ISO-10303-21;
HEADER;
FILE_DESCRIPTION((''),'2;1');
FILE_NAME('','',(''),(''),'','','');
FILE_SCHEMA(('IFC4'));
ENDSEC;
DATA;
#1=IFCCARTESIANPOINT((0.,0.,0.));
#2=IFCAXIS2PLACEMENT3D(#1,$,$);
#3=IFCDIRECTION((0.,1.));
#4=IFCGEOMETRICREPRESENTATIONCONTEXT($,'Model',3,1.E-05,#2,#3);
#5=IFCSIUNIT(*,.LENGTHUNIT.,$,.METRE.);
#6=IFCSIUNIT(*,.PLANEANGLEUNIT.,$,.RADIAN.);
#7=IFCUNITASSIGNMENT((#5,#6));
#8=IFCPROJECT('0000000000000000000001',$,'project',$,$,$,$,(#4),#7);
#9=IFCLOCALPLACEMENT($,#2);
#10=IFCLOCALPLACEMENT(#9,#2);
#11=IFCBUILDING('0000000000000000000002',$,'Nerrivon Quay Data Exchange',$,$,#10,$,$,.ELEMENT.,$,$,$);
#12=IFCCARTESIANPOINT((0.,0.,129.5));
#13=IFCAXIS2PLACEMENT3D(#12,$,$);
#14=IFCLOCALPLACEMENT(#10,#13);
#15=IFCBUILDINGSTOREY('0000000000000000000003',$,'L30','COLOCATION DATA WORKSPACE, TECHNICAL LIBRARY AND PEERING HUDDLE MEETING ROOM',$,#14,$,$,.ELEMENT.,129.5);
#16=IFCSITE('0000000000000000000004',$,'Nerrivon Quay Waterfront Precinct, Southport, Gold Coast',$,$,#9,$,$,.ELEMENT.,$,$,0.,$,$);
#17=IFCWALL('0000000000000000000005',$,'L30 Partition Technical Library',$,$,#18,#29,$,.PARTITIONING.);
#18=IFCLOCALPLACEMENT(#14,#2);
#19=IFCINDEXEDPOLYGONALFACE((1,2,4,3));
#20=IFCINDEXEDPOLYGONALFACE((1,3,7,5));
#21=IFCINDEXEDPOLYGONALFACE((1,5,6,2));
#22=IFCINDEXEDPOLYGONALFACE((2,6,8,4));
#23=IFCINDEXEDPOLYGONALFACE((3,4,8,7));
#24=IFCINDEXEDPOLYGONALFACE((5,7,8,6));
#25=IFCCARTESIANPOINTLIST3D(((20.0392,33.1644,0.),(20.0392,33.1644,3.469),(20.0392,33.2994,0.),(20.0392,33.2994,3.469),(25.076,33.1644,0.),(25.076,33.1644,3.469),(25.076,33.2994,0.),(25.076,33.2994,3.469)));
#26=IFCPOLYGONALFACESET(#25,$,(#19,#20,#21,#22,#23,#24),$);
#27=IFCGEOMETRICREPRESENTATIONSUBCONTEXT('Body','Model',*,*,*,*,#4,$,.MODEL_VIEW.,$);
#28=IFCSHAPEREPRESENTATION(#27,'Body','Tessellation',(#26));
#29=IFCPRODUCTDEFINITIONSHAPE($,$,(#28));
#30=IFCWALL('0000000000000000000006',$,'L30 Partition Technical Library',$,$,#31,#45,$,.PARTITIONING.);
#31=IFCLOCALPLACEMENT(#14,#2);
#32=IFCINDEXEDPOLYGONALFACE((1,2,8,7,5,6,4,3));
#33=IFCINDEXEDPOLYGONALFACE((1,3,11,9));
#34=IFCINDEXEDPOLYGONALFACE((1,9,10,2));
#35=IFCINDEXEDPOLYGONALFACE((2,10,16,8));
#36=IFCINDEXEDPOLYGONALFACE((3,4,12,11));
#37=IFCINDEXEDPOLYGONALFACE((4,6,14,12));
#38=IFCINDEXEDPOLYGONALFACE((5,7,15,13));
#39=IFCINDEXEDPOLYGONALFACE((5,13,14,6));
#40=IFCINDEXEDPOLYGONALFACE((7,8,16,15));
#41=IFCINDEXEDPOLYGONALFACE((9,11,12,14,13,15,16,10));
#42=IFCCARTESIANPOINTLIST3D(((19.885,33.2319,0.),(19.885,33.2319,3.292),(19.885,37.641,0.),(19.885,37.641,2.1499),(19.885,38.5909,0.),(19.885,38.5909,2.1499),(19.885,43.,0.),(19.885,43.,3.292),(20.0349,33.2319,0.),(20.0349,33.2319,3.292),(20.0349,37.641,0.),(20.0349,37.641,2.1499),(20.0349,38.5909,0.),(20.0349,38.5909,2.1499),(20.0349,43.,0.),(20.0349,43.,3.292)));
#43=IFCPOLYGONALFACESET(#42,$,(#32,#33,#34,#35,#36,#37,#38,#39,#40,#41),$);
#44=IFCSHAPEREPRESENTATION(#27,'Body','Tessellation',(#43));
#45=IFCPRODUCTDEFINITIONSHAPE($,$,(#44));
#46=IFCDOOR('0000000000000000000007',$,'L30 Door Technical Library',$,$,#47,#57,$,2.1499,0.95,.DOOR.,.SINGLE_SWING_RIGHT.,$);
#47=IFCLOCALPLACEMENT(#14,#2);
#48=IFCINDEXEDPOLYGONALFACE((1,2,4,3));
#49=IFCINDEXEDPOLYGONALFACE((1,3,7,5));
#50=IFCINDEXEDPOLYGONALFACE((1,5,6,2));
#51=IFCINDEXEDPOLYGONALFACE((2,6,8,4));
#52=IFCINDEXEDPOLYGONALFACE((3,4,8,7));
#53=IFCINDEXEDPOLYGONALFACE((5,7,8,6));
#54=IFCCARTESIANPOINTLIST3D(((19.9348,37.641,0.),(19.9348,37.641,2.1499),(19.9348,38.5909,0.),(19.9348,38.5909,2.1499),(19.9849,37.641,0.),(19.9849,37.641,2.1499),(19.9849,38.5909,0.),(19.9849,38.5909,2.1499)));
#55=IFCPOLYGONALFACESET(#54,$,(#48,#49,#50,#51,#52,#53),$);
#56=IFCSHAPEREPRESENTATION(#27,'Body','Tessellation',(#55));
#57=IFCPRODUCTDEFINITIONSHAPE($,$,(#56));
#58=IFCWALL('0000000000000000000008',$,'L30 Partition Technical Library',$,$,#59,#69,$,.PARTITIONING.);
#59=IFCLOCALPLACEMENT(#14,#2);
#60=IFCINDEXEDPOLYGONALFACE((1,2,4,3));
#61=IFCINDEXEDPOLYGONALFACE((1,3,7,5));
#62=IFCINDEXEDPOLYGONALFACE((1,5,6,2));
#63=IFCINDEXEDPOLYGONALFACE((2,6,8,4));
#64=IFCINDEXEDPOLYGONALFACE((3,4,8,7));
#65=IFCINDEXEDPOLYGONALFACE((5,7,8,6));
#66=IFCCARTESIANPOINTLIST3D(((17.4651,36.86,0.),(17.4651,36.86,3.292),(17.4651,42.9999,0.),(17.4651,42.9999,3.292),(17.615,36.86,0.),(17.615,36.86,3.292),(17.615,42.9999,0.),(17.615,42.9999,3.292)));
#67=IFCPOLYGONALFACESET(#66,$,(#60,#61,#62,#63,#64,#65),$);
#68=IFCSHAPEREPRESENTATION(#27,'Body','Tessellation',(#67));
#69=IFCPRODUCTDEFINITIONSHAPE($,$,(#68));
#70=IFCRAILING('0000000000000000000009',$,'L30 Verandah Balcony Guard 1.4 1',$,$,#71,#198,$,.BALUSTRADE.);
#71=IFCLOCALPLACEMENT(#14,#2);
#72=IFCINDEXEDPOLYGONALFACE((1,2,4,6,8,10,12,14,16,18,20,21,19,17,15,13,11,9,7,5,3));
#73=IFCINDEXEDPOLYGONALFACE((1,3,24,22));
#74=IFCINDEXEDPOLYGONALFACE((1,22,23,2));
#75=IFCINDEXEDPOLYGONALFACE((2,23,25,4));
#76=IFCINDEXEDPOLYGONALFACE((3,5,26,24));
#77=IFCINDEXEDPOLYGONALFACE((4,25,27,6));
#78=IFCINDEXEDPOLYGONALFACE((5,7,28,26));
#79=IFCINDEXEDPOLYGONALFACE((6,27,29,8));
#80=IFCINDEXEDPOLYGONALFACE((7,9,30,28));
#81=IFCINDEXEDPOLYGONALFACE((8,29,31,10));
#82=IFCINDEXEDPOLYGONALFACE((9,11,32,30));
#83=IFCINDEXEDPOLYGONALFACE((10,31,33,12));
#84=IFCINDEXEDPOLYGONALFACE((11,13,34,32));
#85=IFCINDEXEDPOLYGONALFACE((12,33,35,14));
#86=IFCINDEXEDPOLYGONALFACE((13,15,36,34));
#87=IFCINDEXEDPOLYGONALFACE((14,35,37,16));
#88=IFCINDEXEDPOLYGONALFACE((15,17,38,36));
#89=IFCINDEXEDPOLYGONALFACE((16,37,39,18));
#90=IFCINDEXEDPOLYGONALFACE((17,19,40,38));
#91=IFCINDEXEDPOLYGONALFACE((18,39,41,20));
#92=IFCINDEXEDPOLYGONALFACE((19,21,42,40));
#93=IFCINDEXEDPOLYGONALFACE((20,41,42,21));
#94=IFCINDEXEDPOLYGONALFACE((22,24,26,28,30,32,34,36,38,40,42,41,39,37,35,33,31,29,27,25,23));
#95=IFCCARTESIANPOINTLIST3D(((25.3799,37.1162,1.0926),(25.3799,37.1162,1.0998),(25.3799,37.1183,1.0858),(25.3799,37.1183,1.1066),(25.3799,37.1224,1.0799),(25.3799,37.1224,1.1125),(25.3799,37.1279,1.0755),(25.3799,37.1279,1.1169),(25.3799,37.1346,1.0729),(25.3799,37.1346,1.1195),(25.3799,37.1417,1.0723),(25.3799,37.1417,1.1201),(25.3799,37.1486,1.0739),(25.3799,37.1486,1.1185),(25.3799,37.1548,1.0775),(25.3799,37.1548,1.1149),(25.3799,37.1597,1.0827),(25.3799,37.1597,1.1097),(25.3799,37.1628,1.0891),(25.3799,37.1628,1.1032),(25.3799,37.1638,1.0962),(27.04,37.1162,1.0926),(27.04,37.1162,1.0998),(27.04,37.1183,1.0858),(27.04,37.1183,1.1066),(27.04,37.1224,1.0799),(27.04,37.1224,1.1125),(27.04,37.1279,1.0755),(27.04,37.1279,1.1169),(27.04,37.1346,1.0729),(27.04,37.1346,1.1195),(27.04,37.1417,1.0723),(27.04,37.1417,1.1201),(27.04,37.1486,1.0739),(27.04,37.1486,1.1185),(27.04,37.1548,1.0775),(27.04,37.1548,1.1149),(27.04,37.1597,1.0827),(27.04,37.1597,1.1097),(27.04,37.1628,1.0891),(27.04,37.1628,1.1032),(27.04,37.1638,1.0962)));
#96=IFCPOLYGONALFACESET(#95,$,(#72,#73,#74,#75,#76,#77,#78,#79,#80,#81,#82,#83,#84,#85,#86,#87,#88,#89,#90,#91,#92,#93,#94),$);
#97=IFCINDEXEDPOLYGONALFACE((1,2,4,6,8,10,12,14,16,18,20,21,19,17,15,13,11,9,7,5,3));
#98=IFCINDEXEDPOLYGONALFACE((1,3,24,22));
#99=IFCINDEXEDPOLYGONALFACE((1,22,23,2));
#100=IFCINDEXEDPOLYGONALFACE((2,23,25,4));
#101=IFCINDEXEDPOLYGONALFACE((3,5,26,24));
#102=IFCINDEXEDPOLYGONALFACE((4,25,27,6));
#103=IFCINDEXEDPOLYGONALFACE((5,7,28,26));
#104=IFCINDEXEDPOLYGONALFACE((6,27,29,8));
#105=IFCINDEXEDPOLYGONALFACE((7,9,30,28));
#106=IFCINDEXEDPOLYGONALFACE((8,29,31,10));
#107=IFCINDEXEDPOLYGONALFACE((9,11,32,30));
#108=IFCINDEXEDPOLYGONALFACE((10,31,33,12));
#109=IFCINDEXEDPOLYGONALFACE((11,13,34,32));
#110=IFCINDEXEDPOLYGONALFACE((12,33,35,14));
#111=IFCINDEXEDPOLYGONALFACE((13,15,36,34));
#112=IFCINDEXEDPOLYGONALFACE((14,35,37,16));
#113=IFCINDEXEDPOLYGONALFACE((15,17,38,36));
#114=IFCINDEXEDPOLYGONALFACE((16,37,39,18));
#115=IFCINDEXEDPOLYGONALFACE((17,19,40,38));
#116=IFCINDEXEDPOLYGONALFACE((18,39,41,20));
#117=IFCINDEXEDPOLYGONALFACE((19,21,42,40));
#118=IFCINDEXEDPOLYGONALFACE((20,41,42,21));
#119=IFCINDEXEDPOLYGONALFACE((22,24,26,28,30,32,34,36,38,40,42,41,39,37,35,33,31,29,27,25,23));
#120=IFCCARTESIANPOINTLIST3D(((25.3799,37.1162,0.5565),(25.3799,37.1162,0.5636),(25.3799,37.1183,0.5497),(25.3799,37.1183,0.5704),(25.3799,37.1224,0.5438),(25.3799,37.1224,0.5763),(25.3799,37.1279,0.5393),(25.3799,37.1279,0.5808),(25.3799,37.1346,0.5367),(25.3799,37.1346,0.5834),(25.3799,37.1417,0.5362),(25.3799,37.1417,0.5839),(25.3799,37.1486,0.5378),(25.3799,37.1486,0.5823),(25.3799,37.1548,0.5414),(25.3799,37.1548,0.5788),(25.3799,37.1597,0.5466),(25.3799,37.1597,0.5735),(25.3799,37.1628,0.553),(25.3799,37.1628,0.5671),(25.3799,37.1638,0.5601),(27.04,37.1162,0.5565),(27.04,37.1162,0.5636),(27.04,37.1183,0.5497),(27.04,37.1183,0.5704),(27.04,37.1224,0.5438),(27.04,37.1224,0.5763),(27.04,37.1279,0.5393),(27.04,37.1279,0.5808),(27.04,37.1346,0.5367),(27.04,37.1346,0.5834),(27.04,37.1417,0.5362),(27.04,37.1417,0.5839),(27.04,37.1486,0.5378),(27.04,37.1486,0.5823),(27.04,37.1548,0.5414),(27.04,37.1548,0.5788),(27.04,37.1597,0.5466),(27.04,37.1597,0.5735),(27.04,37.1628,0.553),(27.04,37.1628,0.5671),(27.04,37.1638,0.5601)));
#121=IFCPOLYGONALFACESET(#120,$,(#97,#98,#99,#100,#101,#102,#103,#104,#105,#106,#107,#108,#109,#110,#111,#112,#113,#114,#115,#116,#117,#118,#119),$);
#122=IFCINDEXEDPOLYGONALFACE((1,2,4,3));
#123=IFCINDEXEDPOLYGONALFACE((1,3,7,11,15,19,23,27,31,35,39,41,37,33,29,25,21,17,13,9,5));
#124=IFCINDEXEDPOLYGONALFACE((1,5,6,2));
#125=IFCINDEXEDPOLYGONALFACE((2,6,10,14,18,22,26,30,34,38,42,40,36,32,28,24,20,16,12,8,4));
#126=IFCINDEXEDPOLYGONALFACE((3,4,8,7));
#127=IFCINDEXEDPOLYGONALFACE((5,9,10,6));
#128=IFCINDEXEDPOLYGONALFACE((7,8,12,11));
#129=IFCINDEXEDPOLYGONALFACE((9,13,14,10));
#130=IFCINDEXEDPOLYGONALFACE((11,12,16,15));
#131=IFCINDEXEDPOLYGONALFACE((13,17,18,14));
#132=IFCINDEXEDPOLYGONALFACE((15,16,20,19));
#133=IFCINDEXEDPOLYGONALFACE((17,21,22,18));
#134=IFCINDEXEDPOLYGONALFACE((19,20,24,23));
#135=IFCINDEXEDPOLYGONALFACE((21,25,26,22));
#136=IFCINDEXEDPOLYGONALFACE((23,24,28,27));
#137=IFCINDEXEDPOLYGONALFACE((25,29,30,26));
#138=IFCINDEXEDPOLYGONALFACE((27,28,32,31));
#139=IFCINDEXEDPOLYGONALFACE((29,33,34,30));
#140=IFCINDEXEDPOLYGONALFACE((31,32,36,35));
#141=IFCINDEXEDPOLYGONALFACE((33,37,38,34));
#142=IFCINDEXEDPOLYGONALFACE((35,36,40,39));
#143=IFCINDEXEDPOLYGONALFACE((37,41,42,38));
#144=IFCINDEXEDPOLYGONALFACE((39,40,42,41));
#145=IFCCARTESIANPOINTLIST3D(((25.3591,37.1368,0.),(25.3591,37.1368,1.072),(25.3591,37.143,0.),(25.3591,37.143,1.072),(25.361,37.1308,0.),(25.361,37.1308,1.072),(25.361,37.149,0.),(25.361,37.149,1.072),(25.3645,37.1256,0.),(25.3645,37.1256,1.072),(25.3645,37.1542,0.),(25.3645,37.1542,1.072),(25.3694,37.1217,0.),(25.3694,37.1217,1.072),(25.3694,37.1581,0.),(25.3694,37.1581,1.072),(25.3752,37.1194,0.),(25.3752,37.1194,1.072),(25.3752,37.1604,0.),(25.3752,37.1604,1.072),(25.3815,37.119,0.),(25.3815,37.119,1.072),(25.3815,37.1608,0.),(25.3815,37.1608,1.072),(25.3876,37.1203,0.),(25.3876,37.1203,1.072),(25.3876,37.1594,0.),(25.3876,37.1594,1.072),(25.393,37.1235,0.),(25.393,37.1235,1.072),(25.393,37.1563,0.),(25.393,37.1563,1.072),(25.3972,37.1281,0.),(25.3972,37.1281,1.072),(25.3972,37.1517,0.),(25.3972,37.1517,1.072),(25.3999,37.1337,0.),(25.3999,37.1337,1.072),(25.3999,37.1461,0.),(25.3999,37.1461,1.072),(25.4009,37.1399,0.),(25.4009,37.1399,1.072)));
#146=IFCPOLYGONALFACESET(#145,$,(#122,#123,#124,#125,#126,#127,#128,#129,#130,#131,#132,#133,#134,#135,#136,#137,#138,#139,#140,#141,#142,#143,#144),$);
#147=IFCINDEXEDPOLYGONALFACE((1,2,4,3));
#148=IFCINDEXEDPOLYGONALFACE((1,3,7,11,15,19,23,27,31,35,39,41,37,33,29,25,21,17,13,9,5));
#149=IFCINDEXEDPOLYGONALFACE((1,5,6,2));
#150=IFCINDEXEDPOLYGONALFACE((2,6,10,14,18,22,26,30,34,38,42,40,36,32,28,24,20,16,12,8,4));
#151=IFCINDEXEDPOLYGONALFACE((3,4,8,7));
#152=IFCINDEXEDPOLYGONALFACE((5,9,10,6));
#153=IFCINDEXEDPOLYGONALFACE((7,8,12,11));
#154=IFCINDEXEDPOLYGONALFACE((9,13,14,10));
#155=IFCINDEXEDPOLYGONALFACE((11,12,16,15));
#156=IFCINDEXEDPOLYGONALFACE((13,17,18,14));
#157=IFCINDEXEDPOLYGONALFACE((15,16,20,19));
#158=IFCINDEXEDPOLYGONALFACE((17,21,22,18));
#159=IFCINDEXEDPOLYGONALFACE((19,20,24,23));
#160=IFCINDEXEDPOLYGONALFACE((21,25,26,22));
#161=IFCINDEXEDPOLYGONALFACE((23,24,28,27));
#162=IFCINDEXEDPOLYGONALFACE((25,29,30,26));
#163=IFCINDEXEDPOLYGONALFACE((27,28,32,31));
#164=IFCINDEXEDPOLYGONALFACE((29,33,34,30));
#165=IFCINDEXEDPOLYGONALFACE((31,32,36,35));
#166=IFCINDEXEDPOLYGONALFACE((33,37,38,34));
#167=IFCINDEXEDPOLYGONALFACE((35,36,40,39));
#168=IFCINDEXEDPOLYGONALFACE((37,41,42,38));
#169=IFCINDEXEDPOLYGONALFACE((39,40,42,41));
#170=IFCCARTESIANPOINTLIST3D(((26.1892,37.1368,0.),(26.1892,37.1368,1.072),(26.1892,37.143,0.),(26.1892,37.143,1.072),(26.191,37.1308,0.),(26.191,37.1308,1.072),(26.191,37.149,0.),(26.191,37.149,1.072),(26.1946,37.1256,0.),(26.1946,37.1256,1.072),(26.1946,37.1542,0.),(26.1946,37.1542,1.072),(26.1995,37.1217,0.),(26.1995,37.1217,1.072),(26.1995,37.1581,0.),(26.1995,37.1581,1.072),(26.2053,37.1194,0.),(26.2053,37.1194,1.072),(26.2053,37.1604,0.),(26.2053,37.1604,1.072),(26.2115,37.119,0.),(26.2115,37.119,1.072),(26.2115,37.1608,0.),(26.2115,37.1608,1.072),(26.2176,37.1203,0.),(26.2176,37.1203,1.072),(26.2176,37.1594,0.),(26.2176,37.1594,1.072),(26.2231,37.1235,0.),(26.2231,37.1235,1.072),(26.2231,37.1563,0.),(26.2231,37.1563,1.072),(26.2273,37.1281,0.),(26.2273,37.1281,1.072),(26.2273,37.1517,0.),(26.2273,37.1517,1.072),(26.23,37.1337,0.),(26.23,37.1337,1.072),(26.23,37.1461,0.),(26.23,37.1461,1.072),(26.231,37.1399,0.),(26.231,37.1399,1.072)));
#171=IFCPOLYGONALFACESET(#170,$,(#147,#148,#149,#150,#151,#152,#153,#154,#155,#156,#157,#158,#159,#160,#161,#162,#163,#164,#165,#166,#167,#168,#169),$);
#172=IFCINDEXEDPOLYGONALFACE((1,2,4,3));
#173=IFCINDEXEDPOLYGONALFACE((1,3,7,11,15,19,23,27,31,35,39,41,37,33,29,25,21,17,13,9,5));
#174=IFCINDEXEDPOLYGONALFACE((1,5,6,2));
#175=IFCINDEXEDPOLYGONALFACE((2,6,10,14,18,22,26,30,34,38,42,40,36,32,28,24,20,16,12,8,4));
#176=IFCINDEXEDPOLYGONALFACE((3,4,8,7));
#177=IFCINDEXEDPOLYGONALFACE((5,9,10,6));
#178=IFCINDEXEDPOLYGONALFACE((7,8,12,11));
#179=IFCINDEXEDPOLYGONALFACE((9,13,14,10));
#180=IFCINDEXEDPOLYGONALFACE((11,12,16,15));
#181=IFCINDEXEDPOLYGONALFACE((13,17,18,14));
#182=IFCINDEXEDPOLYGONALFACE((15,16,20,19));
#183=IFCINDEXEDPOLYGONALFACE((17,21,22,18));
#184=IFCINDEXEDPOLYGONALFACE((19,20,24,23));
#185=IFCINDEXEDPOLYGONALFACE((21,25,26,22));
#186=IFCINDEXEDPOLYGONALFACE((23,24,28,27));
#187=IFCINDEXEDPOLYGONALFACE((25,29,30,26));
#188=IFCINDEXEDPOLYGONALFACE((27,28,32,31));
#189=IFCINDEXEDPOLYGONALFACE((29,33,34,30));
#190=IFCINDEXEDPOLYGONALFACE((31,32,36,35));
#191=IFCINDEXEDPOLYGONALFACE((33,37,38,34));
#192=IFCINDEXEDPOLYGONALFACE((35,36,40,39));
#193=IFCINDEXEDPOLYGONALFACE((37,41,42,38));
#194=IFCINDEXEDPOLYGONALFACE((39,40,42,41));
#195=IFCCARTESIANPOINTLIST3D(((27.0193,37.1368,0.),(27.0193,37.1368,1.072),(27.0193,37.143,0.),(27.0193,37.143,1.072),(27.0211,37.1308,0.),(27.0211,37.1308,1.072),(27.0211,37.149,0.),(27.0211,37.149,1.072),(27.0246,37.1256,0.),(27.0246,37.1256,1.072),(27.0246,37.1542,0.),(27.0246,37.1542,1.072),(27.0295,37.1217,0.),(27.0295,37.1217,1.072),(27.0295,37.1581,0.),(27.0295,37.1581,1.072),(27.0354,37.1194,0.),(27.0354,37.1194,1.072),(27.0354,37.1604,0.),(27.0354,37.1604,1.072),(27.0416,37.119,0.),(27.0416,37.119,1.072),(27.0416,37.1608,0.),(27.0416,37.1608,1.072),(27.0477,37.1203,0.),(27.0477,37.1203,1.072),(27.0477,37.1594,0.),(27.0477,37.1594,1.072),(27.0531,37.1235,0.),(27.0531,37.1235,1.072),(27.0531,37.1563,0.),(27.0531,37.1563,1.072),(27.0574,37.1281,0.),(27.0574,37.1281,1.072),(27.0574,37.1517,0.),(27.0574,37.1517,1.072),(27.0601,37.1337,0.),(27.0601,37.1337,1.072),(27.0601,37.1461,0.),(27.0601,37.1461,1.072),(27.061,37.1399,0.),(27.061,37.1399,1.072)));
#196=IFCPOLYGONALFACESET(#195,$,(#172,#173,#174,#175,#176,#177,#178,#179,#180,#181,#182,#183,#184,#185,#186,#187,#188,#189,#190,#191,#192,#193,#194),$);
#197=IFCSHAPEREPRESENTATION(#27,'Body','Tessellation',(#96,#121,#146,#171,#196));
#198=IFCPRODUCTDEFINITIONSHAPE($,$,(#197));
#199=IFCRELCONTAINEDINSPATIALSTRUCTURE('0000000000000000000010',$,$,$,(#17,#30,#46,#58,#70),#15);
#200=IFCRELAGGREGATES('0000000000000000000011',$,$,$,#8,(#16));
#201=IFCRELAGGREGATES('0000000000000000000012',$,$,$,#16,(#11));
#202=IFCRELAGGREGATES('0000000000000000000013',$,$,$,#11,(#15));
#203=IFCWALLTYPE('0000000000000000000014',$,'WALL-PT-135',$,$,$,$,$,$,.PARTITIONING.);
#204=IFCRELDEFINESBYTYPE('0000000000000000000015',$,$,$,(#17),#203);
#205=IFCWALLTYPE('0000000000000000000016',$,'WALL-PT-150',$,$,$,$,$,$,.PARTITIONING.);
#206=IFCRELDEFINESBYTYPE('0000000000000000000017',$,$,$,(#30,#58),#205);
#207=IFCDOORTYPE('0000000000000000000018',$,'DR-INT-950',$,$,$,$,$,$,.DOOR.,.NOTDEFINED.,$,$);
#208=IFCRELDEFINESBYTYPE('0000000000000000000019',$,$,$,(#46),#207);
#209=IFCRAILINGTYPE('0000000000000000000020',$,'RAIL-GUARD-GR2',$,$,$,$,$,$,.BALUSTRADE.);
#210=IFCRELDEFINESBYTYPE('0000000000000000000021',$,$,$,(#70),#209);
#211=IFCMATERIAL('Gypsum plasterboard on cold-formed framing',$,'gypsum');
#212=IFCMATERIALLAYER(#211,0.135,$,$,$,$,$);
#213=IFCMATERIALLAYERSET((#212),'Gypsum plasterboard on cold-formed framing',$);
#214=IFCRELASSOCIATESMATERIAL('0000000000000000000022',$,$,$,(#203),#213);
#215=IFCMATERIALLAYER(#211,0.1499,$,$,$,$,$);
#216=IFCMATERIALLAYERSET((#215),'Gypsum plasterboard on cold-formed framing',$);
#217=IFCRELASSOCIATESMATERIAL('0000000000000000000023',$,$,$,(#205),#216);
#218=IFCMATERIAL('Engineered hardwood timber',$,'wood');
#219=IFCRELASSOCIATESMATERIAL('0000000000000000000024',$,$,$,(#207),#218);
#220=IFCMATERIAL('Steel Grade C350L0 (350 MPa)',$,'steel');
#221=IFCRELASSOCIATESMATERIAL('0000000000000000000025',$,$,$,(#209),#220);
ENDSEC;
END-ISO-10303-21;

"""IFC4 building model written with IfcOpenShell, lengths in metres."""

from ifc_helpers import new_model, si_unit, direction, frame, frame_2d, origin, origin_2d, place, context, subcontext, project, spatial, rectangle, circle, extrude, material, layer, layer_set, type_object, element, fill, save


model = new_model("IFC4")

# Units and contexts
model_context = context("Model", 3, precision=1e-05, world=origin(), true_north=direction((0.0, 1.0)))
body_context = subcontext(model_context, "Body", "Model", "MODEL_VIEW")
ifc_project = project(units=[si_unit("LENGTHUNIT", "METRE"), si_unit("PLANEANGLEUNIT", "RADIAN")], contexts=[model_context])

# Site, building, storey
site_placement = place(None, origin())
site = spatial("IfcSite", under=ifc_project, at=site_placement, Name="Nerrivon Quay Waterfront Precinct, Southport, Gold Coast", CompositionType="ELEMENT", RefElevation=0.0)
building_placement = place(site_placement, origin())
building = spatial("IfcBuilding", under=site, at=building_placement, Name="Nerrivon Quay Data Exchange", CompositionType="ELEMENT")
storey_placement = place(building_placement, frame((0.0, 0.0, 129.5)))
storey = spatial("IfcBuildingStorey", under=building, at=storey_placement, Name="L30", Description="COLOCATION DATA WORKSPACE, TECHNICAL LIBRARY AND PEERING HUDDLE MEETING ROOM", CompositionType="ELEMENT", Elevation=129.5)

# Shared definitions
ifc_material_1 = material(Name="Gypsum plasterboard on cold-formed framing", Category="gypsum")

# Shared definitions
ifc_material_2 = material(Name="Engineered hardwood timber", Category="wood")

# Wall
ifc_layer_1 = layer(ifc_material_1, 0.135)
ifc_layer_set_1 = layer_set([ifc_layer_1], Name="Gypsum plasterboard on cold-formed framing")
wall_type_1 = type_object("IfcWallType", Name="WALL-PT-135", PredefinedType="PARTITIONING", material=ifc_layer_set_1)
wall_1_placement = place(storey_placement, frame((20.0391, 33.2319, 0.0), z_axis=(0.0, 0.0, 1.0), x_axis=(1.0, 0.0, 0.0)))
element("IfcWall", 1, at=wall_1_placement, inside=storey, type_object=wall_type_1, Name="L30 Partition Technical Library", PredefinedType="PARTITIONING", context=body_context, shape_type="SweptSolid", body=[
    extrude(rectangle(XDim=5.0369, YDim=0.135, at=frame_2d((2.5186, 0.0))), origin(), (0.0, 0.0, 1.0), 3.469),
])

# Wall, opening, door
ifc_layer_2 = layer(ifc_material_1, 0.1499)
ifc_layer_set_2 = layer_set([ifc_layer_2], Name="Gypsum plasterboard on cold-formed framing")
wall_type_2 = type_object("IfcWallType", Name="WALL-PT-150", PredefinedType="PARTITIONING", material=ifc_layer_set_2)
wall_2_placement = place(storey_placement, frame((19.96, 43.0, 0.0), z_axis=(0.0, 0.0, 1.0), x_axis=(0.0, -1.0, 0.0)))
wall_2 = element("IfcWall", 2, at=wall_2_placement, inside=storey, type_object=wall_type_2, Name="L30 Partition Technical Library", PredefinedType="PARTITIONING", context=body_context, shape_type="SweptSolid", body=[
    extrude(rectangle(XDim=9.7681, YDim=0.1499, at=frame_2d((4.884, 0.0))), origin(), (0.0, 0.0, 1.0), 3.292),
])
opening_1_placement = place(wall_2_placement, frame((4.4089, 0.0, 0.0)))
opening_1 = element("IfcOpeningElement", 3, at=opening_1_placement, cuts=wall_2, PredefinedType="OPENING", context=body_context, shape_type="SweptSolid", body=[
    extrude(rectangle(XDim=0.95, YDim=2.1499, at=frame_2d((0.4751, 1.075))), frame((0.0, 0.085, 0.0), z_axis=(0.0, -1.0, 0.0), x_axis=(1.0, 0.0, 0.0)), (0.0, 0.0, 1.0), 0.1699),
])
door_type_1 = type_object("IfcDoorType", Name="DR-INT-950", OperationType="NOTDEFINED", PredefinedType="DOOR", material=ifc_material_2)
door_1_placement = place(opening_1_placement, origin())
door_1 = element("IfcDoor", 4, at=door_1_placement, inside=storey, type_object=door_type_1, Name="L30 Door Technical Library", OperationType="SINGLE_SWING_RIGHT", OverallHeight=2.1499, OverallWidth=0.95, PredefinedType="DOOR", context=body_context, shape_type="SweptSolid", body=[
    extrude(rectangle(XDim=0.95, YDim=2.1499, at=frame_2d((0.4751, 1.075))), frame((0.0, 0.0249, 0.0), z_axis=(0.0, -1.0, 0.0), x_axis=(1.0, 0.0, 0.0)), (0.0, 0.0, 1.0), 0.05),
])
fill(opening_1, door_1)

# Wall
wall_3_placement = place(storey_placement, frame((17.54, 36.8601, 0.0), z_axis=(0.0, 0.0, 1.0), x_axis=(0.0, 1.0, 0.0)))
element("IfcWall", 5, at=wall_3_placement, inside=storey, type_object=wall_type_2, Name="L30 Partition Technical Library", PredefinedType="PARTITIONING", context=body_context, shape_type="SweptSolid", body=[
    extrude(rectangle(XDim=6.1399, YDim=0.1499, at=frame_2d((3.0698, 0.0))), origin(), (0.0, 0.0, 1.0), 3.292),
])

# Railing
ifc_material_3 = material(Name="Steel Grade C350L0 (350 MPa)", Category="steel")
railing_type = type_object("IfcRailingType", Name="RAIL-GUARD-GR2", PredefinedType="BALUSTRADE", material=ifc_material_3)
railing_1_placement = place(storey_placement, frame((25.3799, 37.1399, 0.0)))
element("IfcRailing", 6, at=railing_1_placement, inside=storey, type_object=railing_type, Name="L30 Verandah Balcony Guard 1.4 1", PredefinedType="BALUSTRADE", context=body_context, shape_type="SweptSolid", body=[
    extrude(circle(Radius=0.0239, at=origin_2d()), frame((0.0, 0.0, 1.0962), z_axis=(1.0, 0.0, 0.0), x_axis=(0.0, 1.0, 0.0)), (0.0, 0.0, 1.0), 1.6602),
    extrude(circle(Radius=0.0239, at=origin_2d()), frame((0.0, 0.0, 0.5601), z_axis=(1.0, 0.0, 0.0), x_axis=(0.0, 1.0, 0.0)), (0.0, 0.0, 1.0), 1.6602),
    extrude(circle(Radius=0.021, at=origin_2d()), origin(), (0.0, 0.0, 1.0), 1.072),
    extrude(circle(Radius=0.021, at=origin_2d()), frame((0.8301, 0.0, 0.0)), (0.0, 0.0, 1.0), 1.072),
    extrude(circle(Radius=0.021, at=origin_2d()), frame((1.6602, 0.0, 0.0)), (0.0, 0.0, 1.0), 1.072),
])

save(model, "model.ifc")
